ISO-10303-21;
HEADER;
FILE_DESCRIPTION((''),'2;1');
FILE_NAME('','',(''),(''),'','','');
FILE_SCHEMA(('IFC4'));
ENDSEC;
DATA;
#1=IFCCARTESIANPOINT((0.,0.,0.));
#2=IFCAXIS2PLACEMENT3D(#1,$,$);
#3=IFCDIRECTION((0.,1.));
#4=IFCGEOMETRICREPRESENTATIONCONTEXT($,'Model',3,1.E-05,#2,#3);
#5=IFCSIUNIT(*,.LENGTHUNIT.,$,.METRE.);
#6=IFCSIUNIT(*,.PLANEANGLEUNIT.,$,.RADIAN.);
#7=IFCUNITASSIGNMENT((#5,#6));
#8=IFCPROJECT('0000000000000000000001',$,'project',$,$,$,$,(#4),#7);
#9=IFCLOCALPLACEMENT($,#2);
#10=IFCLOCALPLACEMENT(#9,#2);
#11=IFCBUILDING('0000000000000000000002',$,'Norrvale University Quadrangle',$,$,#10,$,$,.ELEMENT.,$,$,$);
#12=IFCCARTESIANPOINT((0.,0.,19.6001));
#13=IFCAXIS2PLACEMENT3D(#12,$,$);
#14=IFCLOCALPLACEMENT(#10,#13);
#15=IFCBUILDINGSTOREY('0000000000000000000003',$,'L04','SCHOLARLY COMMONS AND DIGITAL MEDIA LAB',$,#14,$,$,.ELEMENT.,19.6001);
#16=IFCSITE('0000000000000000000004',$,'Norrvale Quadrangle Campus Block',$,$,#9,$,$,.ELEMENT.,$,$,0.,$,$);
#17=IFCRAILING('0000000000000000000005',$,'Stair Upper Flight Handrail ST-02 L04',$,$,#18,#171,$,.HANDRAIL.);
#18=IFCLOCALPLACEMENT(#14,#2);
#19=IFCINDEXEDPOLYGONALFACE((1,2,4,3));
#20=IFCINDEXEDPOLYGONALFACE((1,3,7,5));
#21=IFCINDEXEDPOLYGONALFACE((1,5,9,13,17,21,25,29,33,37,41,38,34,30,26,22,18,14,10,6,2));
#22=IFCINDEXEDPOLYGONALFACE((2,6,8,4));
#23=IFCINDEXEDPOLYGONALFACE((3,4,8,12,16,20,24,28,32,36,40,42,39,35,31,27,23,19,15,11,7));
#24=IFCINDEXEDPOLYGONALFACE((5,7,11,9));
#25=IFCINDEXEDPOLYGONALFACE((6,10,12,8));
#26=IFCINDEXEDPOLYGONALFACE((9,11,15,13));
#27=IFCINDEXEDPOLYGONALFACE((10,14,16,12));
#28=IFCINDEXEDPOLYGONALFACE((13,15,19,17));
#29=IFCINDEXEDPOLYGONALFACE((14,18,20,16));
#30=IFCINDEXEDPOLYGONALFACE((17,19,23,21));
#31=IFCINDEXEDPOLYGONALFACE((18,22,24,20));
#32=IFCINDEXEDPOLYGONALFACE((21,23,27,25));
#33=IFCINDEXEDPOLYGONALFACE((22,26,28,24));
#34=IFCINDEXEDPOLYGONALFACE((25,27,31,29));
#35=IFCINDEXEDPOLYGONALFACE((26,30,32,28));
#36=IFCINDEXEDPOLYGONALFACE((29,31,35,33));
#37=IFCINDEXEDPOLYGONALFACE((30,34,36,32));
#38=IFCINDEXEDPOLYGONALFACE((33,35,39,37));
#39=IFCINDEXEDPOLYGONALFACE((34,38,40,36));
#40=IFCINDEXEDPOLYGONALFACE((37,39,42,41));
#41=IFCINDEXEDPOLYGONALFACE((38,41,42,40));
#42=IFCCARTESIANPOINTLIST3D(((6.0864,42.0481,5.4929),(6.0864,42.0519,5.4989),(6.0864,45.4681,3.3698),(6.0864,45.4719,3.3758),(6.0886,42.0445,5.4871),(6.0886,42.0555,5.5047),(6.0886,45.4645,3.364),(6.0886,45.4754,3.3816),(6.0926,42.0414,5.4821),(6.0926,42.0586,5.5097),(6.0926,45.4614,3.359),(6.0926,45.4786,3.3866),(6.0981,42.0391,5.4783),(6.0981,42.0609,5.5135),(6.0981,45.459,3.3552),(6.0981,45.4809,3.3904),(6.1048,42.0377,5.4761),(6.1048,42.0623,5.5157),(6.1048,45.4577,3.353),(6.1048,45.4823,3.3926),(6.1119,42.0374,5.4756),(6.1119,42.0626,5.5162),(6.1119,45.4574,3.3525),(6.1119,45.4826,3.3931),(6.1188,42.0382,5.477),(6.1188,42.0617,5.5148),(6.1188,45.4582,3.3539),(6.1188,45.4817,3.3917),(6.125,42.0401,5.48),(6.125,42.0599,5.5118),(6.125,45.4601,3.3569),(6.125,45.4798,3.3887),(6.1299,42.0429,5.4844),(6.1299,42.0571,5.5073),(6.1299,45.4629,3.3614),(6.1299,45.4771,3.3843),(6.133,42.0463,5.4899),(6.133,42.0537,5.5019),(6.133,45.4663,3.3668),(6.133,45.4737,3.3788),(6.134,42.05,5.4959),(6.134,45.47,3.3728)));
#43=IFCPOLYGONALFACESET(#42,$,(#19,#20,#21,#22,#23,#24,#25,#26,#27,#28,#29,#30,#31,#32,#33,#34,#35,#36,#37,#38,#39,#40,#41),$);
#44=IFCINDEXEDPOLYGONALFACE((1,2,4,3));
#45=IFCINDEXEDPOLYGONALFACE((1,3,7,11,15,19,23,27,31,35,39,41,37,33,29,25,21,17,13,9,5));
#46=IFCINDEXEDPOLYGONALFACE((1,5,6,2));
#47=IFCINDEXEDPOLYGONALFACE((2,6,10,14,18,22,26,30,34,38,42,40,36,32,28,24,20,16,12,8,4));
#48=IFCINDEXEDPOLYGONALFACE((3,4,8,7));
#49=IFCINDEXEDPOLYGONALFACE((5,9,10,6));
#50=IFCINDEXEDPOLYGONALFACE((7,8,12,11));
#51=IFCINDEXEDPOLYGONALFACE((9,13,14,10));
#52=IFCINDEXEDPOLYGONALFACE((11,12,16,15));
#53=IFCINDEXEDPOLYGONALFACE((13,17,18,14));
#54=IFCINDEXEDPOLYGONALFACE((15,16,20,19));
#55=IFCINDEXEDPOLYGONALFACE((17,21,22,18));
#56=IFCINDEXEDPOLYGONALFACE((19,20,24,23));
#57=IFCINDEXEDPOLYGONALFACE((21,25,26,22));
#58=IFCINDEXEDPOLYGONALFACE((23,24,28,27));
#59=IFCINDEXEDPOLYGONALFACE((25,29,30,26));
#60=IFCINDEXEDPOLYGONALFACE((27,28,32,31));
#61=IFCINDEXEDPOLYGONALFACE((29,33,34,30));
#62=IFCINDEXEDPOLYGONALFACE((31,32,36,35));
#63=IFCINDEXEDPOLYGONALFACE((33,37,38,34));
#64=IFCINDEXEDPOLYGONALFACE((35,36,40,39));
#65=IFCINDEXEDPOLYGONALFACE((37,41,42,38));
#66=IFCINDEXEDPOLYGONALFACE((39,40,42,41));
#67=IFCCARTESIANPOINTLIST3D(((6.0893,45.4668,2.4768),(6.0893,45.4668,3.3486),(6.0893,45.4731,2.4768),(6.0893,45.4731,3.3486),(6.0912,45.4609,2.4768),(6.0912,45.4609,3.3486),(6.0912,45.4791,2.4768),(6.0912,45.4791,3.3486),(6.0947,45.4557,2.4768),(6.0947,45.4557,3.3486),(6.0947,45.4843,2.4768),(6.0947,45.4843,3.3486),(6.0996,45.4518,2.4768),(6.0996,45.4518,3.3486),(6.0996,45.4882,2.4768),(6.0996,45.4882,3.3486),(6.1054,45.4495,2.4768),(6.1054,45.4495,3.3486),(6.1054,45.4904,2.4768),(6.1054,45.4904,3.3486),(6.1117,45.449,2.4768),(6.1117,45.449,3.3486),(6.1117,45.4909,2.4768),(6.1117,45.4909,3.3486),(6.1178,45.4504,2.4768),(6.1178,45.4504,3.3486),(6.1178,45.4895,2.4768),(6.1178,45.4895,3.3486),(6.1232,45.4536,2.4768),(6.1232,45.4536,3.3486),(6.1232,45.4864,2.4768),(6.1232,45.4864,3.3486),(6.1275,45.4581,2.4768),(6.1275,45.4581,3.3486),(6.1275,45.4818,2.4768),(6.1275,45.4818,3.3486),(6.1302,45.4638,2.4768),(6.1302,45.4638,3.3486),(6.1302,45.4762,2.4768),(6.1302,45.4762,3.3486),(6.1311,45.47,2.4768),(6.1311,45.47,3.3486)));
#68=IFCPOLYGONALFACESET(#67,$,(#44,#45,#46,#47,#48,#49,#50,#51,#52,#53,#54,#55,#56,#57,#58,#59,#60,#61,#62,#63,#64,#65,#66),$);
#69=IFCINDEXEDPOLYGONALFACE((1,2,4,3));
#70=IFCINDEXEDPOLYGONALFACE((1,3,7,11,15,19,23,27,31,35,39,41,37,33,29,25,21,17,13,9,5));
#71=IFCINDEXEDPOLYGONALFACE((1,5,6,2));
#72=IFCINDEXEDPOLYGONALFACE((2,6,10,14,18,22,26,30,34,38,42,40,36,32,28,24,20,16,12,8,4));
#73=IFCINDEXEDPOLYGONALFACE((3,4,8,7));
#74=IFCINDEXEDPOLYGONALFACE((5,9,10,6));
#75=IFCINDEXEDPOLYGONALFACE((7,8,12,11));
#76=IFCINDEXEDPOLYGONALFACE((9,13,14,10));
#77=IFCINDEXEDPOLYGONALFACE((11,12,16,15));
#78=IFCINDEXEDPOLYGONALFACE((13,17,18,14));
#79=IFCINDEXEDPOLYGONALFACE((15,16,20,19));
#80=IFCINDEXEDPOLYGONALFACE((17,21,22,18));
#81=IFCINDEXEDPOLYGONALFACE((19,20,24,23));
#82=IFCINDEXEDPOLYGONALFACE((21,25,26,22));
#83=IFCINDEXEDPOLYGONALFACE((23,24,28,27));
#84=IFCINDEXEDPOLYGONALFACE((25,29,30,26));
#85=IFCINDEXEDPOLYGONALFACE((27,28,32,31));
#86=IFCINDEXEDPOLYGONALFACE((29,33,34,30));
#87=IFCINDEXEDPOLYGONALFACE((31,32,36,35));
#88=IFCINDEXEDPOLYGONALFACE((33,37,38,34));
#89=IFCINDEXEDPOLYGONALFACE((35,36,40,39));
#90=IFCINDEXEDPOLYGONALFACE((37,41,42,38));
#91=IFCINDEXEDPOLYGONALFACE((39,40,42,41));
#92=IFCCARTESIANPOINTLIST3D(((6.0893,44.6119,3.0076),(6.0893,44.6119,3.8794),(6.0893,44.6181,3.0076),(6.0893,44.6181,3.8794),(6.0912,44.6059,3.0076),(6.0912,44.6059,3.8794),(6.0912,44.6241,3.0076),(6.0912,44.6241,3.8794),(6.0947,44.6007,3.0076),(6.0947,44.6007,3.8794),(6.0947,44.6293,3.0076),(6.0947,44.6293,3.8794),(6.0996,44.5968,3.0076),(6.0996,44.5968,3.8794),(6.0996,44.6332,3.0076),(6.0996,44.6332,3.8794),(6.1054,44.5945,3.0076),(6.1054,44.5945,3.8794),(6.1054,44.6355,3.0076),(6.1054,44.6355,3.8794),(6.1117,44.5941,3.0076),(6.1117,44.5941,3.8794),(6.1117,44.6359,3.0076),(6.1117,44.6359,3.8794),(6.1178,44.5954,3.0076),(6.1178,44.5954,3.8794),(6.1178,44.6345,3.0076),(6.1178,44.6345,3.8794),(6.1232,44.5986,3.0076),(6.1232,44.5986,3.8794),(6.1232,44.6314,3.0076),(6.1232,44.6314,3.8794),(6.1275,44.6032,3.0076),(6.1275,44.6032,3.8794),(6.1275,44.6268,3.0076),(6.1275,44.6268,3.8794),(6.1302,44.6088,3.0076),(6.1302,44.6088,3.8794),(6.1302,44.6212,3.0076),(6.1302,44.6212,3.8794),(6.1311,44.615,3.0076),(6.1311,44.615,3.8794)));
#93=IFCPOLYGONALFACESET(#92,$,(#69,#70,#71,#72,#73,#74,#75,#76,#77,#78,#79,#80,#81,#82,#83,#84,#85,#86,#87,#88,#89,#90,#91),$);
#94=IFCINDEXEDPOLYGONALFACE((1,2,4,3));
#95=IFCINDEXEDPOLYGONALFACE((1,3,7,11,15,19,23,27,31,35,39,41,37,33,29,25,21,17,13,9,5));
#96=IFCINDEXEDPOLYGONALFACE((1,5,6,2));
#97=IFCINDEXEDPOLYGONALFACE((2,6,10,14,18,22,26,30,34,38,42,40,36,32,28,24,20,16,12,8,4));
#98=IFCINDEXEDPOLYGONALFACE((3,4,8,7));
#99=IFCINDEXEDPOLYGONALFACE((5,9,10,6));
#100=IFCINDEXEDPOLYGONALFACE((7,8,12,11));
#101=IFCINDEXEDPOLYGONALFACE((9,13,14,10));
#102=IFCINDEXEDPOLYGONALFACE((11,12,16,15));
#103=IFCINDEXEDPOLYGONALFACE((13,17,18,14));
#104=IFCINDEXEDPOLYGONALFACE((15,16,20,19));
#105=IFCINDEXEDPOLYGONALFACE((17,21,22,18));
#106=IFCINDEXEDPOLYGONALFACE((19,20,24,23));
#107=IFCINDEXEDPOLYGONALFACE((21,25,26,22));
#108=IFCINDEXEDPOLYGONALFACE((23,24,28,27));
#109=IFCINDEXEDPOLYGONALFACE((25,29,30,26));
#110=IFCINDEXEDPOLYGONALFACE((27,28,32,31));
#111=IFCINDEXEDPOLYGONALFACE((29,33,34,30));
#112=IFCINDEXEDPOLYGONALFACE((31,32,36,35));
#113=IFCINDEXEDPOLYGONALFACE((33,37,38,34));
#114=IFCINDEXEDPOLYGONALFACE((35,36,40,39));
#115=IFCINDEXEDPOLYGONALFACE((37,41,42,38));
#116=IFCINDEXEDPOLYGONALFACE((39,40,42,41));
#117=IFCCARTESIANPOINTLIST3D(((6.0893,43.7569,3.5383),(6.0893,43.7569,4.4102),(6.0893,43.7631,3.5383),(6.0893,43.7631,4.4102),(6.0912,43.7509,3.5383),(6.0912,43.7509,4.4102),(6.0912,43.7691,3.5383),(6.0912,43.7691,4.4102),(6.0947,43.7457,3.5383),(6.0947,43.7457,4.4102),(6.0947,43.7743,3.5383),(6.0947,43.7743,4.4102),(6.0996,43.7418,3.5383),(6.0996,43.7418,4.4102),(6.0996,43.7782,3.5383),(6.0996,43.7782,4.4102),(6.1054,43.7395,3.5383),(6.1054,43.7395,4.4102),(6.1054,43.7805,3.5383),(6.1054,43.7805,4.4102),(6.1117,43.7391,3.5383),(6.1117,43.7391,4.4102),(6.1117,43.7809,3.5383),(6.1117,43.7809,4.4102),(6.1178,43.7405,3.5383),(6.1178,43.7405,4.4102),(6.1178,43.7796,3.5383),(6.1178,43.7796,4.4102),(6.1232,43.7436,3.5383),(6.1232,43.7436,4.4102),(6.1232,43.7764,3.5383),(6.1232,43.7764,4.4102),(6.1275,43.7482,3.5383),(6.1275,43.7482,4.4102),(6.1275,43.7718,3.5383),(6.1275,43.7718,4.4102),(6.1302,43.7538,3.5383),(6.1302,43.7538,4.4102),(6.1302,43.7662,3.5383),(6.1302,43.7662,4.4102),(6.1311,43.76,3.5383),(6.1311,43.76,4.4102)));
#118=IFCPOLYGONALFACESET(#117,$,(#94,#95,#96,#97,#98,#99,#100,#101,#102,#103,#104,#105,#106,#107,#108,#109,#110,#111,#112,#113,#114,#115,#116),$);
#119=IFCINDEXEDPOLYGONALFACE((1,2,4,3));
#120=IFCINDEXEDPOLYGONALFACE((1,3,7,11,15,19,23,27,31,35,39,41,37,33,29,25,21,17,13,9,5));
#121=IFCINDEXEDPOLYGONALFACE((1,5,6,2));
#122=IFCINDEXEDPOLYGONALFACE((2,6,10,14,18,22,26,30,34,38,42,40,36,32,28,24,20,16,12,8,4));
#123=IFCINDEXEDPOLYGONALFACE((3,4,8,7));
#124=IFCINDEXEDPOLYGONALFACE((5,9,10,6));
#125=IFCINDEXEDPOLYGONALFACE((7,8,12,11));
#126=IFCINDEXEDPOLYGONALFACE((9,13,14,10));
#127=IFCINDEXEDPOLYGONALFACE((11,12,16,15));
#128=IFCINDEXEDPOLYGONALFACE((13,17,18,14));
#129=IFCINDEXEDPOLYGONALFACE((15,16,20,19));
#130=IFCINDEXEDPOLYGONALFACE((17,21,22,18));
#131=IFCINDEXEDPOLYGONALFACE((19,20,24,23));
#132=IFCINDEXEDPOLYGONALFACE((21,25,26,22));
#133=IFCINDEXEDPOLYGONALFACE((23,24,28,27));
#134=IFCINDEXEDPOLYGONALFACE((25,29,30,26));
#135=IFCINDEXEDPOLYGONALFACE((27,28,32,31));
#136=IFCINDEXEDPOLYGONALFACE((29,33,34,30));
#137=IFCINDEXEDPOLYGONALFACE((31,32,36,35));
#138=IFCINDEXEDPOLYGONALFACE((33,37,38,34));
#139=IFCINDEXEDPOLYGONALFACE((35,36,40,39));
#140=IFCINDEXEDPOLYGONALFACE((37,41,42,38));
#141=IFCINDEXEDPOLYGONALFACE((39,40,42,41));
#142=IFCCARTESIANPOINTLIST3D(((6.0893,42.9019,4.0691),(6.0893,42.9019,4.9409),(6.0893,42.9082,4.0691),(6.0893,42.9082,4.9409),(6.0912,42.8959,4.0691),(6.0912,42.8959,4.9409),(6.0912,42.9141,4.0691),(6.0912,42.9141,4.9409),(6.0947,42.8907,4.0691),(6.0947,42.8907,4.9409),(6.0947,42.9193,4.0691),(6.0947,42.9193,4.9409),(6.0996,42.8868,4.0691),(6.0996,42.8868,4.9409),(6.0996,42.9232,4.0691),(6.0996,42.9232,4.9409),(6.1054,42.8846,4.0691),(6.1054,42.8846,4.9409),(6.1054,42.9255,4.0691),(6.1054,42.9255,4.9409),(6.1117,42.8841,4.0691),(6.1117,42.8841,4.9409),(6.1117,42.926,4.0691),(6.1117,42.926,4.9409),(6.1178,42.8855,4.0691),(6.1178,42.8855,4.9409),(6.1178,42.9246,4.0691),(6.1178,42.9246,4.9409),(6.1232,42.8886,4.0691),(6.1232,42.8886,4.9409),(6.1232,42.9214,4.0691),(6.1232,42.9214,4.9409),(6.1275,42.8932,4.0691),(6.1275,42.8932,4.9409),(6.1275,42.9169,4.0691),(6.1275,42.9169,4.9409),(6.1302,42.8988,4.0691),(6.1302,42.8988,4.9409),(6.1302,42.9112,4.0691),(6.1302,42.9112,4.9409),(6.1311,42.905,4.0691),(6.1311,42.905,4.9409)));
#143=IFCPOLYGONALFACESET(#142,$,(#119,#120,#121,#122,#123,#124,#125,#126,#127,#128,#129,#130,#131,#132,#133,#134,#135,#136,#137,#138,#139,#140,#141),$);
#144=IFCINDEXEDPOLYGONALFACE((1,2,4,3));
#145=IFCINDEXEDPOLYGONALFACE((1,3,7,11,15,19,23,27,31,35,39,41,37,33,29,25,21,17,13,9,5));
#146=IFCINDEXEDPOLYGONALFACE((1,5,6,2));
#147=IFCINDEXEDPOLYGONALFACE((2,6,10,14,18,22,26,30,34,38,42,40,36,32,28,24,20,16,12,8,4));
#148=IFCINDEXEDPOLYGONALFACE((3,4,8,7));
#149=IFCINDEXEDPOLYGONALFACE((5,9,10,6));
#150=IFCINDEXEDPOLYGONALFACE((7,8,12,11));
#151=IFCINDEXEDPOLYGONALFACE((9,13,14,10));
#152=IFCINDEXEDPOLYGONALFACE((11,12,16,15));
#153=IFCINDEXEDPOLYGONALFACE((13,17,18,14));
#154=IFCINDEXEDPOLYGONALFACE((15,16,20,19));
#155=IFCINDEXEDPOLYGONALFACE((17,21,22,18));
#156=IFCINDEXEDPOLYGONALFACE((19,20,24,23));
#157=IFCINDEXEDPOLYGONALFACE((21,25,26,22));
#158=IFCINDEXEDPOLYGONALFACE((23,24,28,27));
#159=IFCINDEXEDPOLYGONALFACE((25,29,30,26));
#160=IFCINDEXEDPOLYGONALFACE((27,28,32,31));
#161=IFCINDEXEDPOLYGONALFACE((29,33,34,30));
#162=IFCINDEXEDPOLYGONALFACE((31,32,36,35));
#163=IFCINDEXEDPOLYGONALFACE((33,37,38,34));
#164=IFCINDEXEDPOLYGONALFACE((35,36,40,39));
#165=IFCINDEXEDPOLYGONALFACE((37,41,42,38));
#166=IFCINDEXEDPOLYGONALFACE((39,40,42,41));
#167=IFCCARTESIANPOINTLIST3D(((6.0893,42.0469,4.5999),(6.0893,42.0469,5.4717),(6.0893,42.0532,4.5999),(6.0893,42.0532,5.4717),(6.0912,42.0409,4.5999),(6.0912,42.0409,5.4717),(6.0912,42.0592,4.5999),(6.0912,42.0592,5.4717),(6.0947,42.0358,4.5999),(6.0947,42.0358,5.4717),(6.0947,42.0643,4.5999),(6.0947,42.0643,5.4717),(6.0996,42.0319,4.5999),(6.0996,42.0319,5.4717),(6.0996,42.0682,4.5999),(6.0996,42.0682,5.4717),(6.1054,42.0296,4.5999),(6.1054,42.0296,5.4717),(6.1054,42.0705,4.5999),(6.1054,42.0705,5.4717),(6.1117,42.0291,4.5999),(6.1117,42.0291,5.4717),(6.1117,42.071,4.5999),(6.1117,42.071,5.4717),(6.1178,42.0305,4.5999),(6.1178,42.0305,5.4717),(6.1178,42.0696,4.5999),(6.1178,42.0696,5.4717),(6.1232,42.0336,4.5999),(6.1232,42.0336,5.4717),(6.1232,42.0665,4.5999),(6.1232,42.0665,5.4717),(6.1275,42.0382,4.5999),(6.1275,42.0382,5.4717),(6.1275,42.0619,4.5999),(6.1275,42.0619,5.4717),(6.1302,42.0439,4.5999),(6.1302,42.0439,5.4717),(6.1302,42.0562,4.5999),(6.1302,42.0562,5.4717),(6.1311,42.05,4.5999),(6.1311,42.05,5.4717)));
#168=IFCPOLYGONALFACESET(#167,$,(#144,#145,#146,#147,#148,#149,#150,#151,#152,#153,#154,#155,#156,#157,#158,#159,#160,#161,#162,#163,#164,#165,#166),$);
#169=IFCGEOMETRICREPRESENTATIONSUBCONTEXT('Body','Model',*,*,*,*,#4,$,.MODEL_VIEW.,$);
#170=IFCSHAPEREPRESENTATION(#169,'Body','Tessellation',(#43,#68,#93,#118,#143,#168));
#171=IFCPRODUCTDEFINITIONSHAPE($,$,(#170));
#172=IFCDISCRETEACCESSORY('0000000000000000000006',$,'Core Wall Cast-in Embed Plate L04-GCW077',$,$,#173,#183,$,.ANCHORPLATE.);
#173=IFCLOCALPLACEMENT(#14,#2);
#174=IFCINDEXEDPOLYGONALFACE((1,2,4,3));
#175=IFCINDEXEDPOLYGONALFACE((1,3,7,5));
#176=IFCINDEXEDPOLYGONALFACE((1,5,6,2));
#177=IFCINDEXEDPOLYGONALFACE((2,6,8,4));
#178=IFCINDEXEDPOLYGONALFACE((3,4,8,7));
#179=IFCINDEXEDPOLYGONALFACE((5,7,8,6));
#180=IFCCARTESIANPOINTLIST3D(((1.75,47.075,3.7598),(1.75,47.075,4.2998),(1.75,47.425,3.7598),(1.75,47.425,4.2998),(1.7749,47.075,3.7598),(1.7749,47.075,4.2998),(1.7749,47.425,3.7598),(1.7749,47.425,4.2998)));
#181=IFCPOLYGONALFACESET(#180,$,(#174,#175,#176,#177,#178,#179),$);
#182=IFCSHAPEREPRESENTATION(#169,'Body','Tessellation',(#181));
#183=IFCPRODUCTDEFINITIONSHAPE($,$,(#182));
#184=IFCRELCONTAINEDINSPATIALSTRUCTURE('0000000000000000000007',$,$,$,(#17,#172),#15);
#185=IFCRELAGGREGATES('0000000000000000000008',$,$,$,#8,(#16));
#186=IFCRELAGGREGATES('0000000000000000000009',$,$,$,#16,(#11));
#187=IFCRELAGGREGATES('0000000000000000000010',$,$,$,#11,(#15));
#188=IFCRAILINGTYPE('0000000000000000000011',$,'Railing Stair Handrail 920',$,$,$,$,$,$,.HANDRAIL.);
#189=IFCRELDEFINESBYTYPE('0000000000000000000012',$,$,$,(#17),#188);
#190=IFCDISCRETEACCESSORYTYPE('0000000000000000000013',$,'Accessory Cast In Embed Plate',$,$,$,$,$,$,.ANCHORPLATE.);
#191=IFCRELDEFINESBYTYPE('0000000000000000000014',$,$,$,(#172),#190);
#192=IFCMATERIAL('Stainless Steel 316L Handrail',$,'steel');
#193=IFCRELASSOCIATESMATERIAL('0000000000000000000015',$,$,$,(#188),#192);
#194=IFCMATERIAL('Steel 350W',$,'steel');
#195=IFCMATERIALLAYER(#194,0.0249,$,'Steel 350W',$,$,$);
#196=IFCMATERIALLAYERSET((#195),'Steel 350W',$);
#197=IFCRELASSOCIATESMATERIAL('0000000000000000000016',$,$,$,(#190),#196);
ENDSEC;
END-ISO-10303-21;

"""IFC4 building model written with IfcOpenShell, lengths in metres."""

from ifc_helpers import new_model, si_unit, direction, frame, origin, origin_2d, place, context, subcontext, project, spatial, rectangle, circle, extrude, material, layer, layer_set, type_object, element, save


model = new_model("IFC4")

# Units and contexts
model_context = context("Model", 3, precision=1e-05, world=origin(), true_north=direction((0.0, 1.0)))
body_context = subcontext(model_context, "Body", "Model", "MODEL_VIEW")
ifc_project = project(units=[si_unit("LENGTHUNIT", "METRE"), si_unit("PLANEANGLEUNIT", "RADIAN")], contexts=[model_context])

# Site, building, storey
site_placement = place(None, origin())
site = spatial("IfcSite", under=ifc_project, at=site_placement, Name="Norrvale Quadrangle Campus Block", CompositionType="ELEMENT", RefElevation=0.0)
building_placement = place(site_placement, origin())
building = spatial("IfcBuilding", under=site, at=building_placement, Name="Norrvale University Quadrangle", CompositionType="ELEMENT")
storey_placement = place(building_placement, frame((0.0, 0.0, 19.6001)))
storey = spatial("IfcBuildingStorey", under=building, at=storey_placement, Name="L04", Description="SCHOLARLY COMMONS AND DIGITAL MEDIA LAB", CompositionType="ELEMENT", Elevation=19.6001)

# Shared definitions
ifc_material_1 = material(Name="Steel 350W", Category="steel")

# Railing
ifc_material_2 = material(Name="Stainless Steel 316L Handrail", Category="steel")
railing_type_1 = type_object("IfcRailingType", Name="Railing Stair Handrail 920", PredefinedType="HANDRAIL", material=ifc_material_2)
railing_1_placement = place(storey_placement, frame((6.1101, 45.47, 2.4768)))
element("IfcRailing", 1, at=railing_1_placement, inside=storey, type_object=railing_type_1, Name="Stair Upper Flight Handrail ST-02 L04", PredefinedType="HANDRAIL", context=body_context, shape_type="SweptSolid", body=[
    extrude(circle(Radius=0.0239, at=origin_2d()), frame((0.0, 0.0, 0.896), z_axis=(0.0, -0.849603, 0.527423), x_axis=(1.0, 0.0, 0.0)), (0.0, 0.0, 1.0), 4.0254),
    extrude(circle(Radius=0.021, at=origin_2d()), origin(), (0.0, 0.0, 1.0), 0.8718),
    extrude(circle(Radius=0.021, at=origin_2d()), frame((0.0, -0.855, 0.5308)), (0.0, 0.0, 1.0), 0.8718),
    extrude(circle(Radius=0.021, at=origin_2d()), frame((0.0, -1.71, 1.0615)), (0.0, 0.0, 1.0), 0.8718),
    extrude(circle(Radius=0.021, at=origin_2d()), frame((0.0, -2.5649, 1.5923)), (0.0, 0.0, 1.0), 0.8718),
    extrude(circle(Radius=0.021, at=origin_2d()), frame((0.0, -3.4199, 2.123)), (0.0, 0.0, 1.0), 0.8718),
])

# Discrete accessory
ifc_layer_1 = layer(ifc_material_1, 0.0249, Name="Steel 350W")
ifc_layer_set_1 = layer_set([ifc_layer_1], Name="Steel 350W")
discrete_accessory_type = type_object("IfcDiscreteAccessoryType", Name="Accessory Cast In Embed Plate", PredefinedType="ANCHORPLATE", material=ifc_layer_set_1)
discrete_accessory_placement = place(storey_placement, frame((1.7625, 47.25, 3.7598), z_axis=(0.0, 0.0, 1.0), x_axis=(1.0, 0.0, 0.0)))
element("IfcDiscreteAccessory", 2, at=discrete_accessory_placement, inside=storey, type_object=discrete_accessory_type, Name="Core Wall Cast-in Embed Plate L04-GCW077", PredefinedType="ANCHORPLATE", context=body_context, shape_type="SweptSolid", body=[
    extrude(rectangle(XDim=0.0249, YDim=0.3501, at=origin_2d()), origin(), (0.0, 0.0, 1.0), 0.54),
])

save(model, "model.ifc")
